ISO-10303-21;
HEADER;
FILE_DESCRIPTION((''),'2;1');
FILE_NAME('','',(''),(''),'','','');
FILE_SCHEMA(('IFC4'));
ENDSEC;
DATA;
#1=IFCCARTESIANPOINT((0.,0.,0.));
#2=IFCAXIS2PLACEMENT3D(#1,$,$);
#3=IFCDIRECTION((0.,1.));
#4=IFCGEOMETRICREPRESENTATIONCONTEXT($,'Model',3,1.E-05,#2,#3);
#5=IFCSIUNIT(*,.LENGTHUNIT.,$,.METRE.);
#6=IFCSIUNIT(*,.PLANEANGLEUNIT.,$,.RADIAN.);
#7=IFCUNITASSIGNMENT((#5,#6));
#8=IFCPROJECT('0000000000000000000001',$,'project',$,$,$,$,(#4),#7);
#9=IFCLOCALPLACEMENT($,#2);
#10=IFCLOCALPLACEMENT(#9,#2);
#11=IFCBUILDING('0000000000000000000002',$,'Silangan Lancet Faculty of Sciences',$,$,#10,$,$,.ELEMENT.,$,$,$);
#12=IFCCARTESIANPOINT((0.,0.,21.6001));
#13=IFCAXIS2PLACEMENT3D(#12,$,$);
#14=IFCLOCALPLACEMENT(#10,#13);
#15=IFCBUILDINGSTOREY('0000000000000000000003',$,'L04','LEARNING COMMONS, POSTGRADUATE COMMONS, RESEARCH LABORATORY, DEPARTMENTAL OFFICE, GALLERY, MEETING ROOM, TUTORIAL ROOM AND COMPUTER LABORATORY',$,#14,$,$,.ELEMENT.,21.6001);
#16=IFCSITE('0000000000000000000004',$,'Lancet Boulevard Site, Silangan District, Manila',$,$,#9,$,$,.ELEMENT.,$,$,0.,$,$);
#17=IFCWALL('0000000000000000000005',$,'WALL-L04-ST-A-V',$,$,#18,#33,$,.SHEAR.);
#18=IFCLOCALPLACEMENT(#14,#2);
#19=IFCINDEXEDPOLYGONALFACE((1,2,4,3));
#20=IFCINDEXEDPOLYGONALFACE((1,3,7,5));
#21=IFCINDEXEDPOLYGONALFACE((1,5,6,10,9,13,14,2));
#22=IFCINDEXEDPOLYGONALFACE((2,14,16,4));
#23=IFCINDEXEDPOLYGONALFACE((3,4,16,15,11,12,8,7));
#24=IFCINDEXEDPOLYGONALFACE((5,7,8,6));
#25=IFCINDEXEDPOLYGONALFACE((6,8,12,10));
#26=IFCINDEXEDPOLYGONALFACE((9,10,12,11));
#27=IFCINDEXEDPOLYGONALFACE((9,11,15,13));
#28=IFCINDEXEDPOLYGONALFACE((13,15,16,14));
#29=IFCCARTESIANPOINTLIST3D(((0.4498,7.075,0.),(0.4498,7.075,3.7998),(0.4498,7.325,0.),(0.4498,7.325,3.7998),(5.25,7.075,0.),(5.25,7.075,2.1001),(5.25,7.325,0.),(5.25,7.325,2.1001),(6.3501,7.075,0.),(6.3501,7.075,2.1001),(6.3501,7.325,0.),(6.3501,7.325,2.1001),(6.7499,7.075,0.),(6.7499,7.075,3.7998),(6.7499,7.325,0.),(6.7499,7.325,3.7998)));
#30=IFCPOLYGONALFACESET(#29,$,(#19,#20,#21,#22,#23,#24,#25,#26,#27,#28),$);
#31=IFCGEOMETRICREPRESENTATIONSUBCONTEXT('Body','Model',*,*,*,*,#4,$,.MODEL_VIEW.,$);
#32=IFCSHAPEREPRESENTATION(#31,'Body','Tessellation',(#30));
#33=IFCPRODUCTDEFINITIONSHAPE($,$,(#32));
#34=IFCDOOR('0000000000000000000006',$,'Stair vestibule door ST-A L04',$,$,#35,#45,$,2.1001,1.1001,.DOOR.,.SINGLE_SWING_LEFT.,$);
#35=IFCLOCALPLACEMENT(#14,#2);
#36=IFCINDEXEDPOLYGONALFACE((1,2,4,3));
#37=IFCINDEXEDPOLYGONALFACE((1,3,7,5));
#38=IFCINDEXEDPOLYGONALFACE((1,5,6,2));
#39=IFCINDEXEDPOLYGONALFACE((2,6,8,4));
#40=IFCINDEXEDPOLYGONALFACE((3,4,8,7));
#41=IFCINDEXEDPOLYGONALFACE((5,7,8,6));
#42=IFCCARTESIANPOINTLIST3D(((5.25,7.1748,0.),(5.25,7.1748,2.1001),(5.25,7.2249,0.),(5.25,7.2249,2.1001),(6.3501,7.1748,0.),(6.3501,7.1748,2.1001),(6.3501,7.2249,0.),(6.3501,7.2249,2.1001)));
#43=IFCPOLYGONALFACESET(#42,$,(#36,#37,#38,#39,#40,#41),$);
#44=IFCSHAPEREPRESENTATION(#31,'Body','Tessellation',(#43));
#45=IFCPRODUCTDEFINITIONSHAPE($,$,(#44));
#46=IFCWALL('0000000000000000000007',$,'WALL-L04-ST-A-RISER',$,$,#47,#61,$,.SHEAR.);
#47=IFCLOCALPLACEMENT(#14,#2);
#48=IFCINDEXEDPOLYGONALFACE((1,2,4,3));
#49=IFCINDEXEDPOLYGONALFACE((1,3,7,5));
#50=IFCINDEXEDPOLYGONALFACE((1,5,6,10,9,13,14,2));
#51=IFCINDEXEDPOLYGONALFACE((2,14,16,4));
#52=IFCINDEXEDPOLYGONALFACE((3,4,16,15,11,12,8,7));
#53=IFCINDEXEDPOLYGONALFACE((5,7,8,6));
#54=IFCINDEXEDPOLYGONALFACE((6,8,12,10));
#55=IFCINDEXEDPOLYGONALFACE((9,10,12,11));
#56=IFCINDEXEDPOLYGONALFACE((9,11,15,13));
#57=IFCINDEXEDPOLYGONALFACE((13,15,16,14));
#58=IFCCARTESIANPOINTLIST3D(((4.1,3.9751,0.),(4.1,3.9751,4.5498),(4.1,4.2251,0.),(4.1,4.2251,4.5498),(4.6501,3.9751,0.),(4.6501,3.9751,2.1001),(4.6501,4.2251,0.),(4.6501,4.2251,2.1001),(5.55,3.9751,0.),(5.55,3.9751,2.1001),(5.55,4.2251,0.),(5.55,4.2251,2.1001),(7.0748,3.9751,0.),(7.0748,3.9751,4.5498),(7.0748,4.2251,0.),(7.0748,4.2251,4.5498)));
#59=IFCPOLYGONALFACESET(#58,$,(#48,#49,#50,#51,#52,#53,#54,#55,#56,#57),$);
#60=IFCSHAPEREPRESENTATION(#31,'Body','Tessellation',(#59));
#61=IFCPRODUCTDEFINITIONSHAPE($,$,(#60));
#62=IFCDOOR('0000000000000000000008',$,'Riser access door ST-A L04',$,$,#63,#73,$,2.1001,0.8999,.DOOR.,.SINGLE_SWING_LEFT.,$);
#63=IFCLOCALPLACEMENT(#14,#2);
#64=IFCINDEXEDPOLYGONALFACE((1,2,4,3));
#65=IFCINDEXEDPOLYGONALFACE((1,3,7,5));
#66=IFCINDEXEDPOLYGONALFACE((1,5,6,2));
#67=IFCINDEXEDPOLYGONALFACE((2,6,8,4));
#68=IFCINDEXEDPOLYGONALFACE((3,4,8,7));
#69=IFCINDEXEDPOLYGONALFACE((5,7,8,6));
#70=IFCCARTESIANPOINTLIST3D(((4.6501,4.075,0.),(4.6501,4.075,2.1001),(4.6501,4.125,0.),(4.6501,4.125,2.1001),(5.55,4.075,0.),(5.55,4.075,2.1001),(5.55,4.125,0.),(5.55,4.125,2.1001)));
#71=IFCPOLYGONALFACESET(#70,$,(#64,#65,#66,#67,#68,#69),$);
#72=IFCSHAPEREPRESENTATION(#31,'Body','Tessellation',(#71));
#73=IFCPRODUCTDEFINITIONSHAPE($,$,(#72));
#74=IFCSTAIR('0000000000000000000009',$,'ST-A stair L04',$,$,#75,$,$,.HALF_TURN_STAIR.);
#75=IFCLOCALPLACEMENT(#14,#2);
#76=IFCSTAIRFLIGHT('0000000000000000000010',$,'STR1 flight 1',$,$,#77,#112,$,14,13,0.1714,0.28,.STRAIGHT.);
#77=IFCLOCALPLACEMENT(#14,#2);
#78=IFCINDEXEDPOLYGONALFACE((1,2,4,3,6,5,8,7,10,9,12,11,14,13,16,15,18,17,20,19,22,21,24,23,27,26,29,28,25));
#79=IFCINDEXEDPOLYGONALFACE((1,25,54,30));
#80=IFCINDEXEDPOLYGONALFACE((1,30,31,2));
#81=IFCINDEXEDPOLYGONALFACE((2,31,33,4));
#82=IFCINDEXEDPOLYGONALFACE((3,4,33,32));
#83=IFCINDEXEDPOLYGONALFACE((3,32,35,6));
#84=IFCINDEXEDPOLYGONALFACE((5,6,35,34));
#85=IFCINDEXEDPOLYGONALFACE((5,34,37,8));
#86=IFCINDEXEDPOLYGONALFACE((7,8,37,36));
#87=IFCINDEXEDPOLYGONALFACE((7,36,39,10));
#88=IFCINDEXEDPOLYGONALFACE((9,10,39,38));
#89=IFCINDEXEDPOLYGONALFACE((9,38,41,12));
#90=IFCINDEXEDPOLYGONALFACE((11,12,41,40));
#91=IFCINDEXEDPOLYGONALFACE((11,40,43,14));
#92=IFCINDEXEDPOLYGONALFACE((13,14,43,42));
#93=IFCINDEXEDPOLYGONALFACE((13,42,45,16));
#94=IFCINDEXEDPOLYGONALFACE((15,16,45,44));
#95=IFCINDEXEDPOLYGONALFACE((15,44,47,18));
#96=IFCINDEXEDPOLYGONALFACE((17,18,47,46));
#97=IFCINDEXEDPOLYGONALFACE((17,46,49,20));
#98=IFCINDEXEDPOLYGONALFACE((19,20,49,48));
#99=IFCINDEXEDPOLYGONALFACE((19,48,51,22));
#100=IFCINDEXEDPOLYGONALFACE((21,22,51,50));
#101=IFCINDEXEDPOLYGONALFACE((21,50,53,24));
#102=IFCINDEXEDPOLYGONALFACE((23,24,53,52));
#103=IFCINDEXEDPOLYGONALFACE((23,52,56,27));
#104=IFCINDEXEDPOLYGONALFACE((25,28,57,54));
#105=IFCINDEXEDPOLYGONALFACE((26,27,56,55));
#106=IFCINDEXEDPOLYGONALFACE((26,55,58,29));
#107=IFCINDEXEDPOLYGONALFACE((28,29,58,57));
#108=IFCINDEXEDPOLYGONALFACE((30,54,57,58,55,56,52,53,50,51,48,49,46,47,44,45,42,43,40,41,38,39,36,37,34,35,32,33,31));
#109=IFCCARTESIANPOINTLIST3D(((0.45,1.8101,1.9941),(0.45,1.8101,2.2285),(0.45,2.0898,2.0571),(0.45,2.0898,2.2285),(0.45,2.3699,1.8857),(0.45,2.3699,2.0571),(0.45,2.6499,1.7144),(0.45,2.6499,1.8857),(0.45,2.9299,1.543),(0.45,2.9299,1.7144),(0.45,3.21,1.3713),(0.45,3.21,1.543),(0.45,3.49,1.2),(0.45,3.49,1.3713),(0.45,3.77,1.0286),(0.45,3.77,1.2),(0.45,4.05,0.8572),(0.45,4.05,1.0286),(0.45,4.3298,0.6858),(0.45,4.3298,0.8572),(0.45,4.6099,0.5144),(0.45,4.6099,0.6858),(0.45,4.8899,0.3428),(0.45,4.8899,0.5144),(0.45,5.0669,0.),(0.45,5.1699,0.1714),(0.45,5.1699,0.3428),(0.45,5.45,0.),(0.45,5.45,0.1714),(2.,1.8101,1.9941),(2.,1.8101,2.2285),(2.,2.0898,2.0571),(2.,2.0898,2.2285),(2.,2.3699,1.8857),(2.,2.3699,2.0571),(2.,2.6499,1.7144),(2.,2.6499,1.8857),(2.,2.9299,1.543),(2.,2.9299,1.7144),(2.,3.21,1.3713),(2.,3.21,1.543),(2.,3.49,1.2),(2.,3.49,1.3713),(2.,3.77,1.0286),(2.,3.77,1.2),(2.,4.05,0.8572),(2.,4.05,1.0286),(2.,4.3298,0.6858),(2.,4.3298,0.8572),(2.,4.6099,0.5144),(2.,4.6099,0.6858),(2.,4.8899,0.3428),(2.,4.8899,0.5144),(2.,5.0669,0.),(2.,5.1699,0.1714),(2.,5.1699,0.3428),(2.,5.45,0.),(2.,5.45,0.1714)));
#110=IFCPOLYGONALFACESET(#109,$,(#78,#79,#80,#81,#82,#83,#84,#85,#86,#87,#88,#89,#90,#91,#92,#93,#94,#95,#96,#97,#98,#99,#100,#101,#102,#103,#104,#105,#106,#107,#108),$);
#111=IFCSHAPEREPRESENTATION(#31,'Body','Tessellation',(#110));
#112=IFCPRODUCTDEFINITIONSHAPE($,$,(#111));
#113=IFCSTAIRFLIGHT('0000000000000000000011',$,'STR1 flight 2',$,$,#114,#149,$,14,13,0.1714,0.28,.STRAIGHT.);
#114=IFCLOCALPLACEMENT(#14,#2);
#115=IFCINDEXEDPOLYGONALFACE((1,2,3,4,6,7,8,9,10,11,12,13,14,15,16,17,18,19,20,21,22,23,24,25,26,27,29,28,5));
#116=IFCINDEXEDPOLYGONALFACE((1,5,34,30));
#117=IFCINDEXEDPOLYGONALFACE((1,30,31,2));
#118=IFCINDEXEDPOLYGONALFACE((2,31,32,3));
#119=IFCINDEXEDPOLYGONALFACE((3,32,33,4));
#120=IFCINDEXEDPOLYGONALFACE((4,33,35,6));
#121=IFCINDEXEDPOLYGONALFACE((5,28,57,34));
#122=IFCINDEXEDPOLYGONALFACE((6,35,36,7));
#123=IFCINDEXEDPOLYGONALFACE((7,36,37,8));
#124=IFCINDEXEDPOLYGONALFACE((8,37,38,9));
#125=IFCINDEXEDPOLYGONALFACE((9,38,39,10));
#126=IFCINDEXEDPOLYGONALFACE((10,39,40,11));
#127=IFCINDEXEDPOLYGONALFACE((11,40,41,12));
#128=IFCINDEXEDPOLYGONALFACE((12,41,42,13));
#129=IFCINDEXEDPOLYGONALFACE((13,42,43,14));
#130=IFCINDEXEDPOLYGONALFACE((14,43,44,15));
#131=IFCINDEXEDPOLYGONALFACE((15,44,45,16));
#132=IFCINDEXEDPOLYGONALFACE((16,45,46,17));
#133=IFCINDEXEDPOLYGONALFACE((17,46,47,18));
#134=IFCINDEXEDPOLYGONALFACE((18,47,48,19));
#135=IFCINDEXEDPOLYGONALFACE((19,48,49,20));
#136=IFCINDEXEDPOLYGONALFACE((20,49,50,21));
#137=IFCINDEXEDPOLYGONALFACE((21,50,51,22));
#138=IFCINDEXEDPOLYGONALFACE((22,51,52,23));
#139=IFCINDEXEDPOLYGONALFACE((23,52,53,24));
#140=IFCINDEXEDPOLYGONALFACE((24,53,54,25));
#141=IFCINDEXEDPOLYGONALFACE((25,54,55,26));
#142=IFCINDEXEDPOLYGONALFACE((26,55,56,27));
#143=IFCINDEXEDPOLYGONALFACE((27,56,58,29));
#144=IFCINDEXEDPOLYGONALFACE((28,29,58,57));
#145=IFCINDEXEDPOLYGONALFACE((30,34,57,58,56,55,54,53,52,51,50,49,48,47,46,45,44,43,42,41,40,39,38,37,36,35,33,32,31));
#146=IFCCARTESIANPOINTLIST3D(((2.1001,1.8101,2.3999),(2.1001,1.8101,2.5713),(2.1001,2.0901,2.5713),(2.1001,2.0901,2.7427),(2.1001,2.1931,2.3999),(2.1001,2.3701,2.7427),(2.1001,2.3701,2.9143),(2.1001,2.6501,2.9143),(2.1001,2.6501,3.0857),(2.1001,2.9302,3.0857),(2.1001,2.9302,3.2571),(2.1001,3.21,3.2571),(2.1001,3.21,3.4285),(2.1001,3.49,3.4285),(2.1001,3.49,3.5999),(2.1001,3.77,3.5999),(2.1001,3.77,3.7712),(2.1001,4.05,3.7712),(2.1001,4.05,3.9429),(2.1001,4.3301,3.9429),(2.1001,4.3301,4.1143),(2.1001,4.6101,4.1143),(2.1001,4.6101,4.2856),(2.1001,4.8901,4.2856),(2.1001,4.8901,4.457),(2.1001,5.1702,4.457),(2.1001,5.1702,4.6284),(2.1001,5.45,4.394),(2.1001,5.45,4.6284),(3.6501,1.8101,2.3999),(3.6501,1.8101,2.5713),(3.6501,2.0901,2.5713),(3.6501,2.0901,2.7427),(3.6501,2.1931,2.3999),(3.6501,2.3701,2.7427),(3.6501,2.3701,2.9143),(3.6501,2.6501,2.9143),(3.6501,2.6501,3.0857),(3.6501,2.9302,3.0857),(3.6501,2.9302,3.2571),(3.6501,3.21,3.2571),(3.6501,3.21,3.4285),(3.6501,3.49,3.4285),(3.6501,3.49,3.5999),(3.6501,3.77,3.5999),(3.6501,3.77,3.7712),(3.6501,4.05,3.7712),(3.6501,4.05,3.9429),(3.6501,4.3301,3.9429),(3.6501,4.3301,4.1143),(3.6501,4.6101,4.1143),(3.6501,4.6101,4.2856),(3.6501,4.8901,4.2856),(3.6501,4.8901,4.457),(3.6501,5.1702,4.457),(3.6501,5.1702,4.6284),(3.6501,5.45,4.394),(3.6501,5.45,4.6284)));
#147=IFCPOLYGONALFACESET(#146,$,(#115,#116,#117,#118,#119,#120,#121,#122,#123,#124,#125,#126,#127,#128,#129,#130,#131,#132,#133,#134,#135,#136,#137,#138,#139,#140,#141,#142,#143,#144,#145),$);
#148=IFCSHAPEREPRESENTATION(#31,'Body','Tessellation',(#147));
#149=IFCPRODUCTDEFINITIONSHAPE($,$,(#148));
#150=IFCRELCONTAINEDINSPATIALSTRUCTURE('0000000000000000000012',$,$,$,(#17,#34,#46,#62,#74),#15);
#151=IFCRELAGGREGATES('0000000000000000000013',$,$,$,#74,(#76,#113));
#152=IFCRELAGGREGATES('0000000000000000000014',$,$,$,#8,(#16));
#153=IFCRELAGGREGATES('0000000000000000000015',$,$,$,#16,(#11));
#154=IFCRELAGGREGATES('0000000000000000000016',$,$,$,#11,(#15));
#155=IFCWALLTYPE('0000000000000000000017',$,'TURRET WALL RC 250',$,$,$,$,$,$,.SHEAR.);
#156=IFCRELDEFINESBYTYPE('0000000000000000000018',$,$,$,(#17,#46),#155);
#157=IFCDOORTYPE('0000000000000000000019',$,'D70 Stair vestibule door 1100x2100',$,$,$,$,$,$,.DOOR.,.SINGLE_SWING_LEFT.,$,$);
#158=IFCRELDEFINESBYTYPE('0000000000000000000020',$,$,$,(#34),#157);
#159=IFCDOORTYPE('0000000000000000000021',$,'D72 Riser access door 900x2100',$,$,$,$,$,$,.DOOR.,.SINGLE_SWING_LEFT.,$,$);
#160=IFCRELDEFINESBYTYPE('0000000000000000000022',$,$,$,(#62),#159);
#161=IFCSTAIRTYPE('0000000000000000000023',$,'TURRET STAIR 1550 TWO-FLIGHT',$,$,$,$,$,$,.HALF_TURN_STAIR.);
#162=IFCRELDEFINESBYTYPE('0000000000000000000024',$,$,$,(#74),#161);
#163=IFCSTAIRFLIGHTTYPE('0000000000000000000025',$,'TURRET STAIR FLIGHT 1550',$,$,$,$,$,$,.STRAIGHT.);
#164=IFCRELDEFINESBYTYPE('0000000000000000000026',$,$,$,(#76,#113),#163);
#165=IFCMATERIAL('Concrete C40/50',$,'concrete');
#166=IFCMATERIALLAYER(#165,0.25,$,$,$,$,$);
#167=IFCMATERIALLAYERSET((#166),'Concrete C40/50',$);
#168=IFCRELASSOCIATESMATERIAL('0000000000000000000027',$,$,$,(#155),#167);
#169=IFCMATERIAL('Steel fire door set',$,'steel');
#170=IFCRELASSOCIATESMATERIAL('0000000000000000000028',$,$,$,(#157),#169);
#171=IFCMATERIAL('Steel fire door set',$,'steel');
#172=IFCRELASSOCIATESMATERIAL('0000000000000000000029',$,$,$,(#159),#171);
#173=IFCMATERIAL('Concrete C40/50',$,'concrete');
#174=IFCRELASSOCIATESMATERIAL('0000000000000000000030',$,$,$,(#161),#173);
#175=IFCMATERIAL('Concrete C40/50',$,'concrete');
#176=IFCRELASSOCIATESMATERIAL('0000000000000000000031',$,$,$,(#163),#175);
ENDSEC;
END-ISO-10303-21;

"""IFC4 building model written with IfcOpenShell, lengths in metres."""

from ifc_helpers import new_model, si_unit, direction, frame, frame_2d, origin, place, context, subcontext, project, spatial, polyline, rectangle, outline, extrude, material, layer, layer_set, type_object, element, fill, aggregate, save


model = new_model("IFC4")

# Units and contexts
model_context = context("Model", 3, precision=1e-05, world=origin(), true_north=direction((0.0, 1.0)))
body_context = subcontext(model_context, "Body", "Model", "MODEL_VIEW")
ifc_project = project(units=[si_unit("LENGTHUNIT", "METRE"), si_unit("PLANEANGLEUNIT", "RADIAN")], contexts=[model_context])

# Site, building, storey
site_placement = place(None, origin())
site = spatial("IfcSite", under=ifc_project, at=site_placement, Name="Lancet Boulevard Site, Silangan District, Manila", CompositionType="ELEMENT", RefElevation=0.0)
building_placement = place(site_placement, origin())
building = spatial("IfcBuilding", under=site, at=building_placement, Name="Silangan Lancet Faculty of Sciences", CompositionType="ELEMENT")
storey_placement = place(building_placement, frame((0.0, 0.0, 21.6001)))
storey = spatial("IfcBuildingStorey", under=building, at=storey_placement, Name="L04", Description="LEARNING COMMONS, POSTGRADUATE COMMONS, RESEARCH LABORATORY, DEPARTMENTAL OFFICE, GALLERY, MEETING ROOM, TUTORIAL ROOM AND COMPUTER LABORATORY", CompositionType="ELEMENT", Elevation=21.6001)

# Walls, openings, doors
ifc_material_1 = material(Name="Concrete C40/50", Category="concrete")
ifc_layer_1 = layer(ifc_material_1, 0.25)
ifc_layer_set_1 = layer_set([ifc_layer_1], Name="Concrete C40/50")
wall_type_1 = type_object("IfcWallType", Name="TURRET WALL RC 250", PredefinedType="SHEAR", material=ifc_layer_set_1)
wall_1_placement = place(storey_placement, frame((0.45, 7.2, 0.0), z_axis=(0.0, 0.0, 1.0), x_axis=(1.0, 0.0, 0.0)))
wall_1 = element("IfcWall", 1, at=wall_1_placement, inside=storey, type_object=wall_type_1, Name="WALL-L04-ST-A-V", PredefinedType="SHEAR", context=body_context, shape_type="SweptSolid", body=[
    extrude(rectangle(XDim=6.3, YDim=0.25, at=frame_2d((3.1499, 0.0))), origin(), (0.0, 0.0, 1.0), 3.7998),
])
opening_1_placement = place(wall_1_placement, frame((4.8, 0.0, 0.0)))
opening_1 = element("IfcOpeningElement", 2, at=opening_1_placement, cuts=wall_1, PredefinedType="OPENING", context=body_context, shape_type="SweptSolid", body=[
    extrude(rectangle(XDim=1.1001, YDim=2.1001, at=frame_2d((0.55, 1.05))), frame((0.0, 0.135, 0.0), z_axis=(0.0, -1.0, 0.0), x_axis=(1.0, 0.0, 0.0)), (0.0, 0.0, 1.0), 0.27),
])
ifc_material_2 = material(Name="Steel fire door set", Category="steel")
door_type_1 = type_object("IfcDoorType", Name="D70 Stair vestibule door 1100x2100", OperationType="SINGLE_SWING_LEFT", PredefinedType="DOOR", material=ifc_material_2)
door_1_placement = place(opening_1_placement, frame((1.1001, 0.0, 0.0), z_axis=(0.0, 0.0, 1.0), x_axis=(-1.0, 0.0, 0.0)))
door_1 = element("IfcDoor", 3, at=door_1_placement, inside=storey, type_object=door_type_1, Name="Stair vestibule door ST-A L04", OperationType="SINGLE_SWING_LEFT", OverallHeight=2.1001, OverallWidth=1.1001, PredefinedType="DOOR", context=body_context, shape_type="SweptSolid", body=[
    extrude(rectangle(XDim=1.1001, YDim=2.1001, at=frame_2d((0.55, 1.05))), frame((0.0, 0.0251, 0.0), z_axis=(0.0, -1.0, 0.0), x_axis=(1.0, 0.0, 0.0)), (0.0, 0.0, 1.0), 0.05),
])
fill(opening_1, door_1)
wall_2_placement = place(storey_placement, frame((4.1001, 4.1001, 0.0), z_axis=(0.0, 0.0, 1.0), x_axis=(1.0, 0.0, 0.0)))
wall_2 = element("IfcWall", 4, at=wall_2_placement, inside=storey, type_object=wall_type_1, Name="WALL-L04-ST-A-RISER", PredefinedType="SHEAR", context=body_context, shape_type="SweptSolid", body=[
    extrude(rectangle(XDim=2.9749, YDim=0.25, at=frame_2d((1.4873, 0.0))), origin(), (0.0, 0.0, 1.0), 4.5498),
])
opening_2_placement = place(wall_2_placement, frame((0.55, 0.0, 0.0)))
opening_2 = element("IfcOpeningElement", 5, at=opening_2_placement, cuts=wall_2, PredefinedType="OPENING", context=body_context, shape_type="SweptSolid", body=[
    extrude(rectangle(XDim=0.8999, YDim=2.1001, at=frame_2d((0.45, 1.05))), frame((0.0, 0.135, 0.0), z_axis=(0.0, -1.0, 0.0), x_axis=(1.0, 0.0, 0.0)), (0.0, 0.0, 1.0), 0.27),
])
ifc_material_3 = material(Name="Steel fire door set", Category="steel")
door_type_2 = type_object("IfcDoorType", Name="D72 Riser access door 900x2100", OperationType="SINGLE_SWING_LEFT", PredefinedType="DOOR", material=ifc_material_3)
door_2_placement = place(opening_2_placement, frame((0.8999, 0.0, 0.0), z_axis=(0.0, 0.0, 1.0), x_axis=(-1.0, 0.0, 0.0)))
door_2 = element("IfcDoor", 6, at=door_2_placement, inside=storey, type_object=door_type_2, Name="Riser access door ST-A L04", OperationType="SINGLE_SWING_LEFT", OverallHeight=2.1001, OverallWidth=0.8999, PredefinedType="DOOR", context=body_context, shape_type="SweptSolid", body=[
    extrude(rectangle(XDim=0.8999, YDim=2.1001, at=frame_2d((0.45, 1.05))), frame((0.0, 0.0251, 0.0), z_axis=(0.0, -1.0, 0.0), x_axis=(1.0, 0.0, 0.0)), (0.0, 0.0, 1.0), 0.05),
])
fill(opening_2, door_2)

# Stair, stair flights
ifc_material_4 = material(Name="Concrete C40/50", Category="concrete")
stair_type = type_object("IfcStairType", Name="TURRET STAIR 1550 TWO-FLIGHT", PredefinedType="HALF_TURN_STAIR", material=ifc_material_4)
stair_placement = place(storey_placement, origin())
stair = element("IfcStair", 7, at=stair_placement, inside=storey, type_object=stair_type, Name="ST-A stair L04", PredefinedType="HALF_TURN_STAIR")
ifc_material_5 = material(Name="Concrete C40/50", Category="concrete")
stair_flight_type = type_object("IfcStairFlightType", Name="TURRET STAIR FLIGHT 1550", PredefinedType="STRAIGHT", material=ifc_material_5)
stair_flight_1_placement = place(storey_placement, frame((1.2251, 5.45, 0.0), z_axis=(0.0, 0.0, 1.0), x_axis=(0.0, -1.0, 0.0)))
stair_flight_1 = element("IfcStairFlight", 8, at=stair_flight_1_placement, type_object=stair_flight_type, Name="STR1 flight 1", NumberOfRisers=14, NumberOfTreads=13, PredefinedType="STRAIGHT", RiserHeight=0.1714, TreadLength=0.28, context=body_context, shape_type="SweptSolid", body=[
    extrude(outline(polyline([(0.0, 0.0), (0.0, 0.1714), (0.28, 0.1714), (0.28, 0.3428), (0.5601, 0.3428), (0.5601, 0.5144), (0.8401, 0.5144), (0.8401, 0.6858), (1.1201, 0.6858), (1.1201, 0.8572), (1.3999, 0.8572), (1.3999, 1.0286), (1.6799, 1.0286), (1.6799, 1.2), (1.96, 1.2), (1.96, 1.3713), (2.24, 1.3713), (2.24, 1.543), (2.52, 1.543), (2.52, 1.7144), (2.8, 1.7144), (2.8, 1.8857), (3.0801, 1.8857), (3.0801, 2.0571), (3.3601, 2.0571), (3.3601, 2.2285), (3.6399, 2.2285), (3.6399, 2.3999), (3.6399, 1.9941), (0.3831, 0.0), (0.0, 0.0)])), frame((0.0, 0.7749, 0.0), z_axis=(0.0, -1.0, 0.0), x_axis=(1.0, 0.0, 0.0)), (0.0, 0.0, 1.0), 1.55),
])
stair_flight_2_placement = place(storey_placement, frame((2.875, 1.8101, 2.3999), z_axis=(0.0, 0.0, 1.0), x_axis=(0.0, 1.0, 0.0)))
stair_flight_2 = element("IfcStairFlight", 9, at=stair_flight_2_placement, type_object=stair_flight_type, Name="STR1 flight 2", NumberOfRisers=14, NumberOfTreads=13, PredefinedType="STRAIGHT", RiserHeight=0.1714, TreadLength=0.28, context=body_context, shape_type="SweptSolid", body=[
    extrude(outline(polyline([(0.0, 0.0), (0.0, 0.1714), (0.28, 0.1714), (0.28, 0.3428), (0.5601, 0.3428), (0.5601, 0.5144), (0.8401, 0.5144), (0.8401, 0.6858), (1.1201, 0.6858), (1.1201, 0.8572), (1.3999, 0.8572), (1.3999, 1.0286), (1.6799, 1.0286), (1.6799, 1.2), (1.96, 1.2), (1.96, 1.3713), (2.24, 1.3713), (2.24, 1.543), (2.52, 1.543), (2.52, 1.7144), (2.8, 1.7144), (2.8, 1.8857), (3.0801, 1.8857), (3.0801, 2.0571), (3.3601, 2.0571), (3.3601, 2.2285), (3.6399, 2.2285), (3.6399, 2.3999), (3.6399, 1.9941), (0.3831, 0.0), (0.0, 0.0)])), frame((0.0, 0.7749, 0.0), z_axis=(0.0, -1.0, 0.0), x_axis=(1.0, 0.0, 0.0)), (0.0, 0.0, 1.0), 1.55),
])
aggregate(stair, [stair_flight_1, stair_flight_2])

save(model, "model.ifc")
